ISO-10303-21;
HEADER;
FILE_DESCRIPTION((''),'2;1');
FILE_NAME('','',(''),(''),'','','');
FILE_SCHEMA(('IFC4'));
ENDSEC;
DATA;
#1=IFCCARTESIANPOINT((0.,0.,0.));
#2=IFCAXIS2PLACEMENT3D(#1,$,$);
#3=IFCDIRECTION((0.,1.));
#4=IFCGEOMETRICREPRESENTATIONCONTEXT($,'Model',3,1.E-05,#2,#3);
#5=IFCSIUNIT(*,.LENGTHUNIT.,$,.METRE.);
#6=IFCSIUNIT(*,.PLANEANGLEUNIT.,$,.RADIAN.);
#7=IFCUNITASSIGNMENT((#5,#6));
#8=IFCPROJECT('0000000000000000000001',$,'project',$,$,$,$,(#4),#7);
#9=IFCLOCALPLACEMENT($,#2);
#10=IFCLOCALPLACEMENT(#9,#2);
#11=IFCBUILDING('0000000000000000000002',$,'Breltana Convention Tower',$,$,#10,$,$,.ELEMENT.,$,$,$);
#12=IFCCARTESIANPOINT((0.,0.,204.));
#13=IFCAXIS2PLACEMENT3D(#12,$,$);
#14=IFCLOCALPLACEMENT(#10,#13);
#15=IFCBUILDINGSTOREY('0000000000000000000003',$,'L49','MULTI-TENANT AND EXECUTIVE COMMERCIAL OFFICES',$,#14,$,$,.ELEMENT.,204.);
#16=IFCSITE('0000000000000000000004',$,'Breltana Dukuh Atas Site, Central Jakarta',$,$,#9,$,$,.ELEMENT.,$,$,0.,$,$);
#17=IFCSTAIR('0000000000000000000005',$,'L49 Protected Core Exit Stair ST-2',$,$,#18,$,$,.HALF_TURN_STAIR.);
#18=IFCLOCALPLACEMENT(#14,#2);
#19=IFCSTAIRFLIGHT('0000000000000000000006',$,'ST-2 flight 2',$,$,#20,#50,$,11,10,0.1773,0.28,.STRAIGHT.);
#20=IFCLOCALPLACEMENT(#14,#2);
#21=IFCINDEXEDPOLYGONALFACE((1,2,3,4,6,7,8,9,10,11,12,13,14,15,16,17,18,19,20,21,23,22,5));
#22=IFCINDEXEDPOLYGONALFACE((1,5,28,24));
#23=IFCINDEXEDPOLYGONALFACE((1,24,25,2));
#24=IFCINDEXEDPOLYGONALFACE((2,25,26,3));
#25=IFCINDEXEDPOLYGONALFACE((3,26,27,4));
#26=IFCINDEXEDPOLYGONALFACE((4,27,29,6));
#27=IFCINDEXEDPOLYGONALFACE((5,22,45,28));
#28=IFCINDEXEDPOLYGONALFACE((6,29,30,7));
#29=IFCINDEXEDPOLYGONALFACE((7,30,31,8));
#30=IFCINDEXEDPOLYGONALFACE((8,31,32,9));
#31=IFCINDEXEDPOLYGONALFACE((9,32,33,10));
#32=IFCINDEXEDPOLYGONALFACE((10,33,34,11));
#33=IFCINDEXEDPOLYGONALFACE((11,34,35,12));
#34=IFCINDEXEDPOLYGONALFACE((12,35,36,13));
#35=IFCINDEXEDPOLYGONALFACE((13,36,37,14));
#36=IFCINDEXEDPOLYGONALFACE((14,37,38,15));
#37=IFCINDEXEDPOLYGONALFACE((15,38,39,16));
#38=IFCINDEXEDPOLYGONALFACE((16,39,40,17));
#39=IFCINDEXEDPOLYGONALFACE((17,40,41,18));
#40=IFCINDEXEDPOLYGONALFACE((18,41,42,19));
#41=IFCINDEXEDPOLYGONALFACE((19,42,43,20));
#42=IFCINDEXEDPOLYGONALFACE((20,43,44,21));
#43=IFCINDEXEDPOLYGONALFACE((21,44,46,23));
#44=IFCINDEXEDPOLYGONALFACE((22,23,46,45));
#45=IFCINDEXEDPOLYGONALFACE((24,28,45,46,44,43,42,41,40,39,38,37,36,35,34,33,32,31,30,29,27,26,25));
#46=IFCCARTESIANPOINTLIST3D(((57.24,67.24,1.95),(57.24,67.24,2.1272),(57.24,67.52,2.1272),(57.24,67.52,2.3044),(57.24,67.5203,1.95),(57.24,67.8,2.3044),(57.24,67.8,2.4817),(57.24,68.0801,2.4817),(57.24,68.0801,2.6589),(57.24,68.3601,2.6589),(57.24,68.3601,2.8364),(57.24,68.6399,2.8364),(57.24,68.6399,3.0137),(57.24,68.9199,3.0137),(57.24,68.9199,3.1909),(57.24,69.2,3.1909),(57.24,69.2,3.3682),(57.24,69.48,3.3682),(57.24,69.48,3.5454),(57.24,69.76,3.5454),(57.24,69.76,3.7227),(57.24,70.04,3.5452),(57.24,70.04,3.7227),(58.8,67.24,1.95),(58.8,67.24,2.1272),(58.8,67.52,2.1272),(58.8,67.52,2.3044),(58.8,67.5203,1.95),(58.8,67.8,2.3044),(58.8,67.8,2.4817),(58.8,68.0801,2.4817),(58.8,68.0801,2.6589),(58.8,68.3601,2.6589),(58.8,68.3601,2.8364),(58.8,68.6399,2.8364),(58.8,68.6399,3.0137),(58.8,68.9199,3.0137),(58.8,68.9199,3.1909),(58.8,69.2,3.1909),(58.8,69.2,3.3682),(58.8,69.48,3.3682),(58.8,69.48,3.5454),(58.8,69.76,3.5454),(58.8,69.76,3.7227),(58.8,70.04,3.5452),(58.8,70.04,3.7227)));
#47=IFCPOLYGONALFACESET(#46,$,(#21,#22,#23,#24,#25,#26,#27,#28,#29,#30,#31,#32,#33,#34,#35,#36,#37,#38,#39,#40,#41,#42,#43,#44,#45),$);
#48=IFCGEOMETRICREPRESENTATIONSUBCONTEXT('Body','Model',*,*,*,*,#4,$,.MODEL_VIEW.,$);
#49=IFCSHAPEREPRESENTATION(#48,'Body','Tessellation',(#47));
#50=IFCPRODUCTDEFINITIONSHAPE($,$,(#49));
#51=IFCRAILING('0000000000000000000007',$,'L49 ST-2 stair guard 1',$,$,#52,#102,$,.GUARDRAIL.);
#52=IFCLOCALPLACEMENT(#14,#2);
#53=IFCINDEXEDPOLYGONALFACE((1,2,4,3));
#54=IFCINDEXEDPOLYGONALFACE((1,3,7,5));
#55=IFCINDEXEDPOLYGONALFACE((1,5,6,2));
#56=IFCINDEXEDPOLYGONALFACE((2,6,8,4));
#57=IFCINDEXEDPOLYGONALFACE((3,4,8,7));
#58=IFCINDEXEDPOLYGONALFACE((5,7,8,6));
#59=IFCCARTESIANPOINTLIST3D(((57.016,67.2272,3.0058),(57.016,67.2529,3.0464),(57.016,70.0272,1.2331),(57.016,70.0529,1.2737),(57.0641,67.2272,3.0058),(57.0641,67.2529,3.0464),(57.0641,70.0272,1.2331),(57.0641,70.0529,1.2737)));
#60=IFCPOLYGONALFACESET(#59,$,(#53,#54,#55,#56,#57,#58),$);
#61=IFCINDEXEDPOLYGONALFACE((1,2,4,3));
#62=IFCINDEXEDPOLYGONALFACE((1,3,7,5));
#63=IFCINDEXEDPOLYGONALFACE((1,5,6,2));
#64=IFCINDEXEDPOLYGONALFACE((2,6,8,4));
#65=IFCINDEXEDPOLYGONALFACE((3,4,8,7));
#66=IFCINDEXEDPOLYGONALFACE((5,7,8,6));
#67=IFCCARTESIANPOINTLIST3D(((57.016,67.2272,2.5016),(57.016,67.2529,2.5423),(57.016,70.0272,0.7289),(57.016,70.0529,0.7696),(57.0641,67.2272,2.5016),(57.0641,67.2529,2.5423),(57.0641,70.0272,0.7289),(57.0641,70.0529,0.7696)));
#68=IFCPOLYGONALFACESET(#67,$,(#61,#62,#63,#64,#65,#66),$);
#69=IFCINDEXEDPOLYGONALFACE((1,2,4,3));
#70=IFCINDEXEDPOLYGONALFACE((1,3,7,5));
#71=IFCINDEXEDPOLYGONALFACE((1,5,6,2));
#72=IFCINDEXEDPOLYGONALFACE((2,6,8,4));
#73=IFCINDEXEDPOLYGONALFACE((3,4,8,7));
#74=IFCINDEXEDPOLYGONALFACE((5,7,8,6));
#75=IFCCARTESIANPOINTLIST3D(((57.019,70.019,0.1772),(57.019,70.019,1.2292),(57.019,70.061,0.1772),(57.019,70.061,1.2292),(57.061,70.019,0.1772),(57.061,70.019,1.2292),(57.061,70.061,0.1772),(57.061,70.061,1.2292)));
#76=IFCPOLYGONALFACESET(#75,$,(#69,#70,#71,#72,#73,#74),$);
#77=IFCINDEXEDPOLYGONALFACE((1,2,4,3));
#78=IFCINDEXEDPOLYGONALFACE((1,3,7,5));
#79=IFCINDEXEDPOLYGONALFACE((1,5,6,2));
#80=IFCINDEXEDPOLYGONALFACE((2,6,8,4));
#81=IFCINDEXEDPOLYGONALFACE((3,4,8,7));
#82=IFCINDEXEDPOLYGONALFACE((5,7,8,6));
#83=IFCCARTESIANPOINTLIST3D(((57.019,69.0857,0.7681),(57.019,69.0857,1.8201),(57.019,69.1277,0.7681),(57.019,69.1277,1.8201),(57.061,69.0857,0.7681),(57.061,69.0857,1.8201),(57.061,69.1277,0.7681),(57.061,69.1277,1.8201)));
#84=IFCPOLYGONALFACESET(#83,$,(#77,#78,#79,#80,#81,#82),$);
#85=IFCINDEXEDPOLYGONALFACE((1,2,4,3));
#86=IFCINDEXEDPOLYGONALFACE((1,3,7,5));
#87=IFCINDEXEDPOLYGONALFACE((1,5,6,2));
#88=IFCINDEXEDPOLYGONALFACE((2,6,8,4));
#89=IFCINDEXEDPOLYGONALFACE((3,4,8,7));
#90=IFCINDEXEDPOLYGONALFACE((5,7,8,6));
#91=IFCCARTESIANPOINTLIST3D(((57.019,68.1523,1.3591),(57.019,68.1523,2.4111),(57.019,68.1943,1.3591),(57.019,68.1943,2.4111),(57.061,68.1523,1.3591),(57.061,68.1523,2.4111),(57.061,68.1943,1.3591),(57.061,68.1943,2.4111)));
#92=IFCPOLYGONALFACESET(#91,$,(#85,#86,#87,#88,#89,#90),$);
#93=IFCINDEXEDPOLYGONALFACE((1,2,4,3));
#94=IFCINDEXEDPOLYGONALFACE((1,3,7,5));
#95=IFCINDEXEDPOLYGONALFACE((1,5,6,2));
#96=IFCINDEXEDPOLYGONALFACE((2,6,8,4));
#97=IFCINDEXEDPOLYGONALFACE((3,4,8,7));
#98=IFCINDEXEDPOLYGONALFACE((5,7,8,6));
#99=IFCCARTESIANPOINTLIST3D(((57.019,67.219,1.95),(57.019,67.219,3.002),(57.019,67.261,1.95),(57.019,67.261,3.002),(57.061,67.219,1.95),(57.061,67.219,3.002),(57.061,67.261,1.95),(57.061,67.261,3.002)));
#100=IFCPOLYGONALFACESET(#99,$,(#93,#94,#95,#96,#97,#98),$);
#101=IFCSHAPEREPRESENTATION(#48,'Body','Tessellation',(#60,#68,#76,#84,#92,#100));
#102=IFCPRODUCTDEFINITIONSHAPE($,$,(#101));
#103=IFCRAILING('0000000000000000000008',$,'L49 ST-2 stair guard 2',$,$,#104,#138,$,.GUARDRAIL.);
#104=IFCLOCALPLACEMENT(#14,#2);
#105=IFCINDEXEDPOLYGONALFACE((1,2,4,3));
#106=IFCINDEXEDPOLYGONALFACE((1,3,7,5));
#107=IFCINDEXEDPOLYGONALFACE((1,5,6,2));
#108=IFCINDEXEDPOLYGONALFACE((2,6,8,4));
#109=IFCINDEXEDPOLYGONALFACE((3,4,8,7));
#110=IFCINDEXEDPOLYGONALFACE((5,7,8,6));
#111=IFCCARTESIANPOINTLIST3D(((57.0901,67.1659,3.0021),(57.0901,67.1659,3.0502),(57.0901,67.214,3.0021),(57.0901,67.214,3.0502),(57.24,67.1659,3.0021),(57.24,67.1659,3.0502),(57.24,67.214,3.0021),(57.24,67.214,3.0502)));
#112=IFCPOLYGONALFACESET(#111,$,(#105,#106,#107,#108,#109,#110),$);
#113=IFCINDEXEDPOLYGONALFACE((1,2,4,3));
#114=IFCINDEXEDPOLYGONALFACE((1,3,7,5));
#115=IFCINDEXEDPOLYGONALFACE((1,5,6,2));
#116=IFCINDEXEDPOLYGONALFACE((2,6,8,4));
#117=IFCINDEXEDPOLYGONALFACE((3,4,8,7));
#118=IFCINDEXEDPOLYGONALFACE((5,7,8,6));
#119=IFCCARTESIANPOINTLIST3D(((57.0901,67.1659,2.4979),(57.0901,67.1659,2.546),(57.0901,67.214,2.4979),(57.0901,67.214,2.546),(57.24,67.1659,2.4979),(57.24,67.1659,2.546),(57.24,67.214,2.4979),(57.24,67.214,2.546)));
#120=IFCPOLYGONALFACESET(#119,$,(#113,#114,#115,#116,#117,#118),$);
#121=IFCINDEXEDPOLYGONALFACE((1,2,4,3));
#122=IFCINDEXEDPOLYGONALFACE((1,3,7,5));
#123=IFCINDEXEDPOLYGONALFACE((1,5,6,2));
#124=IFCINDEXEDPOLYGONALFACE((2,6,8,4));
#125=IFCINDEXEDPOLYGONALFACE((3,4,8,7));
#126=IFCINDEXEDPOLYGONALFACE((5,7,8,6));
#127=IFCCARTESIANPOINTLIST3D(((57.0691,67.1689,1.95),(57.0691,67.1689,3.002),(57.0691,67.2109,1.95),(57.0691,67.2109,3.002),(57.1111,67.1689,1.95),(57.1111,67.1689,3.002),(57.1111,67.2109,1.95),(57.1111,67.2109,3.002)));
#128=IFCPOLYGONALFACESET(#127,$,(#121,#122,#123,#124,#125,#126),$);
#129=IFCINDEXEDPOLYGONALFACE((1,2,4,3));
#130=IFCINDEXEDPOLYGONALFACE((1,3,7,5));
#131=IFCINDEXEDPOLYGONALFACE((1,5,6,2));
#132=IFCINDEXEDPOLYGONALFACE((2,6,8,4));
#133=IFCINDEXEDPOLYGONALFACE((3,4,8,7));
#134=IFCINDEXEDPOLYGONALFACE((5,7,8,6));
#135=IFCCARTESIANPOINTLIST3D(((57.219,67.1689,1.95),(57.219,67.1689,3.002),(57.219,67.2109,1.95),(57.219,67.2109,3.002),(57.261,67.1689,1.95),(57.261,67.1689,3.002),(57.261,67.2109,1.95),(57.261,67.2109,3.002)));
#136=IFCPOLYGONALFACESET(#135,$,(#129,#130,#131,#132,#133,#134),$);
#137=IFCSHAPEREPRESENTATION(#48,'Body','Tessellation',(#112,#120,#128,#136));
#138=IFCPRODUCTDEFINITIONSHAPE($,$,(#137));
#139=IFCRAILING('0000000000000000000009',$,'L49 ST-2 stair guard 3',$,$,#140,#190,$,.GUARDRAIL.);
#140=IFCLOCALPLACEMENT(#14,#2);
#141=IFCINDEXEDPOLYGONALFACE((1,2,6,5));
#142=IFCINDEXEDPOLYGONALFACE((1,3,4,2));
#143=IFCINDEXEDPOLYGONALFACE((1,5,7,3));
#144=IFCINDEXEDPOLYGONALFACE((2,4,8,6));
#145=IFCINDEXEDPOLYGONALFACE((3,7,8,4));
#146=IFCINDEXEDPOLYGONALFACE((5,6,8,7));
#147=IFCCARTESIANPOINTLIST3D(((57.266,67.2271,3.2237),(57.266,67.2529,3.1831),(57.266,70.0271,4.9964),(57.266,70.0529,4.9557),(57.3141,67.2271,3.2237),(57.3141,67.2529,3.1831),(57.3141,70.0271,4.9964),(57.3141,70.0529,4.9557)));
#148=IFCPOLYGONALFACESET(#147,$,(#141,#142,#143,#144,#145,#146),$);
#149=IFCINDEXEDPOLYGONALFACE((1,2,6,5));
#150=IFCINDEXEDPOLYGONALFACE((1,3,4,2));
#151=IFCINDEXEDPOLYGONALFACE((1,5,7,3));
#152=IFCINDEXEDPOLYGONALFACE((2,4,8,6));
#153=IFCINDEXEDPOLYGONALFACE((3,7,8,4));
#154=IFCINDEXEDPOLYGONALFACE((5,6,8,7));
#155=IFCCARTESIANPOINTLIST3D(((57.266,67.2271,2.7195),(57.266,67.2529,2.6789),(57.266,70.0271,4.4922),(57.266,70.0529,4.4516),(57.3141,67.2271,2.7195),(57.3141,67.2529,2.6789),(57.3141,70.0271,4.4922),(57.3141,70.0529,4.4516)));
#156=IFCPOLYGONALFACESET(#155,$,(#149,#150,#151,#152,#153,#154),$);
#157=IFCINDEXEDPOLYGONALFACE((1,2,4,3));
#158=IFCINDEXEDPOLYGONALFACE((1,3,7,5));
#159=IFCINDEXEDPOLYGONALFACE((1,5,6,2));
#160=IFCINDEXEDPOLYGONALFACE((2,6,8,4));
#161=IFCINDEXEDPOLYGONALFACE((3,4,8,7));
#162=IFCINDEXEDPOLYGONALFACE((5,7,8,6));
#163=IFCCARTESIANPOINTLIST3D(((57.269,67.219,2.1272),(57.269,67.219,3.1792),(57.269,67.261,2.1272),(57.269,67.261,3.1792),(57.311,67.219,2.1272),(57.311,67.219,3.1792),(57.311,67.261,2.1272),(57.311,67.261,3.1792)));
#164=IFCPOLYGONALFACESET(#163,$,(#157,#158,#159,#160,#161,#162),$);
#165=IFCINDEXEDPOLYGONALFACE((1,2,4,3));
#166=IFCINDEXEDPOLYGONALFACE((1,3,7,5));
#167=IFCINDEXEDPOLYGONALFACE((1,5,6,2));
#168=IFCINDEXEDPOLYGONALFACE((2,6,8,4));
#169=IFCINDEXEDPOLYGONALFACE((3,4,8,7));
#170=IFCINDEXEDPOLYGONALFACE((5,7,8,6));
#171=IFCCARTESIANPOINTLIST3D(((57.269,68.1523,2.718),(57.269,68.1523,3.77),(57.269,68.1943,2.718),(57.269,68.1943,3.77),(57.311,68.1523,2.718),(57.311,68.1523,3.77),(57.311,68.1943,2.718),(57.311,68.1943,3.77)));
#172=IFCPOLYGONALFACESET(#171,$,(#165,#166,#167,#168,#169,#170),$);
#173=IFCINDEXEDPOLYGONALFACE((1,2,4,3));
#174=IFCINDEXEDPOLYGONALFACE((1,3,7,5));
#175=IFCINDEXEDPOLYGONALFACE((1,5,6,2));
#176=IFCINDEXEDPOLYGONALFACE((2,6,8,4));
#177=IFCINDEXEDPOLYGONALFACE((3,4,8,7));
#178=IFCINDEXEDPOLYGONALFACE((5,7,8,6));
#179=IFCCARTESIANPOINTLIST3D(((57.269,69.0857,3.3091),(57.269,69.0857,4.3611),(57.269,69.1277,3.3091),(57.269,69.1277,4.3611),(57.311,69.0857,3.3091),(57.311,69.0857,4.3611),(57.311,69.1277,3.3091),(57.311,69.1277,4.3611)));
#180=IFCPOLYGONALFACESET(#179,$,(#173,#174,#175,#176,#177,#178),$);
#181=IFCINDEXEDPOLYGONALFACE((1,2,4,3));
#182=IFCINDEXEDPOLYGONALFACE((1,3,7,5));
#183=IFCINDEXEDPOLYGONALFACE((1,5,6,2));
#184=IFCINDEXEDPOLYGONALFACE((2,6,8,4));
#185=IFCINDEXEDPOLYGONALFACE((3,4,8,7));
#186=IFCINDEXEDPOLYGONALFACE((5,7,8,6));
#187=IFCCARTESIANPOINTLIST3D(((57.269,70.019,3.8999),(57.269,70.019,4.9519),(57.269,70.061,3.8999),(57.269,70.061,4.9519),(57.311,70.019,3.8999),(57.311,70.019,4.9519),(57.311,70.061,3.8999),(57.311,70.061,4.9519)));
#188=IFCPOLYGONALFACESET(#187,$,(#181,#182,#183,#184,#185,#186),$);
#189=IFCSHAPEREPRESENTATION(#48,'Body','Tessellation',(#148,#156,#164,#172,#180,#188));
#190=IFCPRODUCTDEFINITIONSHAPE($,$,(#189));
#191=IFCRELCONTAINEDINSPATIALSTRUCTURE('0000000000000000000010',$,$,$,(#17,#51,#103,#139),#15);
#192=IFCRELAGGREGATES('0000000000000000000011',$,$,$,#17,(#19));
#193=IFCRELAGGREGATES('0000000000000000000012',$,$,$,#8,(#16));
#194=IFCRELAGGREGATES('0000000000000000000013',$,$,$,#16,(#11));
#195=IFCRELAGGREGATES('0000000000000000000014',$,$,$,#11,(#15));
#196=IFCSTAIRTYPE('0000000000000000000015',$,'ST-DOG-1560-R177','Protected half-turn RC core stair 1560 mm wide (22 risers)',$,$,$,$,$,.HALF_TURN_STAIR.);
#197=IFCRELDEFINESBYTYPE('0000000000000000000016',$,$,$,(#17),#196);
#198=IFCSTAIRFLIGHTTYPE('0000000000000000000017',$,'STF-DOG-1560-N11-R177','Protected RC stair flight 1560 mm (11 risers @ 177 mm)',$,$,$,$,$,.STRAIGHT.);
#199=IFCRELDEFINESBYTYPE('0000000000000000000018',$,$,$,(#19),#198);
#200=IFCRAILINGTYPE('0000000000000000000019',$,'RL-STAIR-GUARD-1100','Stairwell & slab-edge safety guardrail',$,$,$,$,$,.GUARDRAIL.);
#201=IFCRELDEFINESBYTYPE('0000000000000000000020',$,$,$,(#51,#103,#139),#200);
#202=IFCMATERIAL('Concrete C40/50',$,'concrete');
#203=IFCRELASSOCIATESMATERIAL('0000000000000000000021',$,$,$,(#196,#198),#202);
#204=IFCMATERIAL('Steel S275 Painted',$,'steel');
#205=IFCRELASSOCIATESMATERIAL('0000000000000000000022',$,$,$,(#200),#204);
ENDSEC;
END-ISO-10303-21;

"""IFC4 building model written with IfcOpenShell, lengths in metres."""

from ifc_helpers import new_model, si_unit, direction, frame, origin, origin_2d, place, context, subcontext, project, spatial, polyline, rectangle, outline, extrude, material, type_object, element, aggregate, save


model = new_model("IFC4")

# Units and contexts
model_context = context("Model", 3, precision=1e-05, world=origin(), true_north=direction((0.0, 1.0)))
body_context = subcontext(model_context, "Body", "Model", "MODEL_VIEW")
ifc_project = project(units=[si_unit("LENGTHUNIT", "METRE"), si_unit("PLANEANGLEUNIT", "RADIAN")], contexts=[model_context])

# Site, building, storey
site_placement = place(None, origin())
site = spatial("IfcSite", under=ifc_project, at=site_placement, Name="Breltana Dukuh Atas Site, Central Jakarta", CompositionType="ELEMENT", RefElevation=0.0)
building_placement = place(site_placement, origin())
building = spatial("IfcBuilding", under=site, at=building_placement, Name="Breltana Convention Tower", CompositionType="ELEMENT")
storey_placement = place(building_placement, frame((0.0, 0.0, 204.0)))
storey = spatial("IfcBuildingStorey", under=building, at=storey_placement, Name="L49", Description="MULTI-TENANT AND EXECUTIVE COMMERCIAL OFFICES", CompositionType="ELEMENT", Elevation=204.0)

# Stair, stair flight
ifc_material_1 = material(Name="Concrete C40/50", Category="concrete")
stair_type = type_object("IfcStairType", Name="ST-DOG-1560-R177", Description="Protected half-turn RC core stair 1560 mm wide (22 risers)", PredefinedType="HALF_TURN_STAIR", material=ifc_material_1)
stair_placement = place(storey_placement, origin())
stair = element("IfcStair", 1, at=stair_placement, inside=storey, type_object=stair_type, Name="L49 Protected Core Exit Stair ST-2", PredefinedType="HALF_TURN_STAIR")
stair_flight_type = type_object("IfcStairFlightType", Name="STF-DOG-1560-N11-R177", Description="Protected RC stair flight 1560 mm (11 risers @ 177 mm)", PredefinedType="STRAIGHT", material=ifc_material_1)
stair_flight_placement = place(storey_placement, frame((58.02, 67.24, 1.95), z_axis=(0.0, 0.0, 1.0), x_axis=(0.0, 1.0, 0.0)))
stair_flight = element("IfcStairFlight", 2, at=stair_flight_placement, type_object=stair_flight_type, Name="ST-2 flight 2", NumberOfRisers=11, NumberOfTreads=10, PredefinedType="STRAIGHT", RiserHeight=0.1773, TreadLength=0.28, context=body_context, shape_type="SweptSolid", body=[
    extrude(outline(polyline([(0.0, 0.0), (0.0, 0.1772), (0.28, 0.1772), (0.28, 0.3545), (0.5601, 0.3545), (0.5601, 0.5317), (0.8401, 0.5317), (0.8401, 0.709), (1.1201, 0.709), (1.1201, 0.8865), (1.3999, 0.8865), (1.3999, 1.0637), (1.6799, 1.0637), (1.6799, 1.241), (1.96, 1.241), (1.96, 1.4182), (2.24, 1.4182), (2.24, 1.5955), (2.52, 1.5955), (2.52, 1.7727), (2.8, 1.7727), (2.8, 1.95), (2.8, 1.5952), (0.2803, 0.0), (0.0, 0.0)])), frame((0.0, 0.78, 0.0), z_axis=(0.0, -1.0, 0.0), x_axis=(1.0, 0.0, 0.0)), (0.0, 0.0, 1.0), 1.5601),
])
aggregate(stair, [stair_flight])

# Railings
ifc_material_2 = material(Name="Steel S275 Painted", Category="steel")
railing_type_1 = type_object("IfcRailingType", Name="RL-STAIR-GUARD-1100", Description="Stairwell & slab-edge safety guardrail", PredefinedType="GUARDRAIL", material=ifc_material_2)
railing_1_placement = place(storey_placement, frame((57.04, 70.04, 0.1772)))
element("IfcRailing", 3, at=railing_1_placement, inside=storey, type_object=railing_type_1, Name="L49 ST-2 stair guard 1", PredefinedType="GUARDRAIL", context=body_context, shape_type="SweptSolid", body=[
    extrude(rectangle(XDim=0.0481, YDim=0.0481, at=origin_2d()), frame((0.0, 0.0, 1.0762), z_axis=(0.0, -0.844909, 0.53491), x_axis=(1.0, 0.0, 0.0)), (0.0, 0.0, 1.0), 3.314),
    extrude(rectangle(XDim=0.0481, YDim=0.0481, at=origin_2d()), frame((0.0, 0.0, 0.572), z_axis=(0.0, -0.844909, 0.53491), x_axis=(1.0, 0.0, 0.0)), (0.0, 0.0, 1.0), 3.314),
    extrude(rectangle(XDim=0.042, YDim=0.042, at=origin_2d()), origin(), (0.0, 0.0, 1.0), 1.052),
    extrude(rectangle(XDim=0.042, YDim=0.042, at=origin_2d()), frame((0.0, -0.9333, 0.5908)), (0.0, 0.0, 1.0), 1.052),
    extrude(rectangle(XDim=0.042, YDim=0.042, at=origin_2d()), frame((0.0, -1.8667, 1.1819)), (0.0, 0.0, 1.0), 1.052),
    extrude(rectangle(XDim=0.042, YDim=0.042, at=origin_2d()), frame((0.0, -2.8, 1.7727)), (0.0, 0.0, 1.0), 1.052),
])
railing_2_placement = place(storey_placement, frame((57.0901, 67.1899, 1.95)))
element("IfcRailing", 4, at=railing_2_placement, inside=storey, type_object=railing_type_1, Name="L49 ST-2 stair guard 2", PredefinedType="GUARDRAIL", context=body_context, shape_type="SweptSolid", body=[
    extrude(rectangle(XDim=0.0481, YDim=0.0481, at=origin_2d()), frame((0.0, 0.0, 1.0762), z_axis=(1.0, 0.0, 0.0), x_axis=(0.0, 1.0, 0.0)), (0.0, 0.0, 1.0), 0.1499),
    extrude(rectangle(XDim=0.0481, YDim=0.0481, at=origin_2d()), frame((0.0, 0.0, 0.572), z_axis=(1.0, 0.0, 0.0), x_axis=(0.0, 1.0, 0.0)), (0.0, 0.0, 1.0), 0.1499),
    extrude(rectangle(XDim=0.042, YDim=0.042, at=origin_2d()), origin(), (0.0, 0.0, 1.0), 1.052),
    extrude(rectangle(XDim=0.042, YDim=0.042, at=origin_2d()), frame((0.1499, 0.0, 0.0)), (0.0, 0.0, 1.0), 1.052),
])
railing_3_placement = place(storey_placement, frame((57.29, 67.24, 2.1272)))
element("IfcRailing", 5, at=railing_3_placement, inside=storey, type_object=railing_type_1, Name="L49 ST-2 stair guard 3", PredefinedType="GUARDRAIL", context=body_context, shape_type="SweptSolid", body=[
    extrude(rectangle(XDim=0.0481, YDim=0.0481, at=origin_2d()), frame((0.0, 0.0, 1.0762), z_axis=(0.0, 0.844909, 0.53491), x_axis=(-1.0, 0.0, 0.0)), (0.0, 0.0, 1.0), 3.314),
    extrude(rectangle(XDim=0.0481, YDim=0.0481, at=origin_2d()), frame((0.0, 0.0, 0.572), z_axis=(0.0, 0.844909, 0.53491), x_axis=(-1.0, 0.0, 0.0)), (0.0, 0.0, 1.0), 3.314),
    extrude(rectangle(XDim=0.042, YDim=0.042, at=origin_2d()), origin(), (0.0, 0.0, 1.0), 1.052),
    extrude(rectangle(XDim=0.042, YDim=0.042, at=origin_2d()), frame((0.0, 0.9333, 0.5908)), (0.0, 0.0, 1.0), 1.052),
    extrude(rectangle(XDim=0.042, YDim=0.042, at=origin_2d()), frame((0.0, 1.8667, 1.1819)), (0.0, 0.0, 1.0), 1.052),
    extrude(rectangle(XDim=0.042, YDim=0.042, at=origin_2d()), frame((0.0, 2.8, 1.7727)), (0.0, 0.0, 1.0), 1.052),
])

save(model, "model.ifc")
